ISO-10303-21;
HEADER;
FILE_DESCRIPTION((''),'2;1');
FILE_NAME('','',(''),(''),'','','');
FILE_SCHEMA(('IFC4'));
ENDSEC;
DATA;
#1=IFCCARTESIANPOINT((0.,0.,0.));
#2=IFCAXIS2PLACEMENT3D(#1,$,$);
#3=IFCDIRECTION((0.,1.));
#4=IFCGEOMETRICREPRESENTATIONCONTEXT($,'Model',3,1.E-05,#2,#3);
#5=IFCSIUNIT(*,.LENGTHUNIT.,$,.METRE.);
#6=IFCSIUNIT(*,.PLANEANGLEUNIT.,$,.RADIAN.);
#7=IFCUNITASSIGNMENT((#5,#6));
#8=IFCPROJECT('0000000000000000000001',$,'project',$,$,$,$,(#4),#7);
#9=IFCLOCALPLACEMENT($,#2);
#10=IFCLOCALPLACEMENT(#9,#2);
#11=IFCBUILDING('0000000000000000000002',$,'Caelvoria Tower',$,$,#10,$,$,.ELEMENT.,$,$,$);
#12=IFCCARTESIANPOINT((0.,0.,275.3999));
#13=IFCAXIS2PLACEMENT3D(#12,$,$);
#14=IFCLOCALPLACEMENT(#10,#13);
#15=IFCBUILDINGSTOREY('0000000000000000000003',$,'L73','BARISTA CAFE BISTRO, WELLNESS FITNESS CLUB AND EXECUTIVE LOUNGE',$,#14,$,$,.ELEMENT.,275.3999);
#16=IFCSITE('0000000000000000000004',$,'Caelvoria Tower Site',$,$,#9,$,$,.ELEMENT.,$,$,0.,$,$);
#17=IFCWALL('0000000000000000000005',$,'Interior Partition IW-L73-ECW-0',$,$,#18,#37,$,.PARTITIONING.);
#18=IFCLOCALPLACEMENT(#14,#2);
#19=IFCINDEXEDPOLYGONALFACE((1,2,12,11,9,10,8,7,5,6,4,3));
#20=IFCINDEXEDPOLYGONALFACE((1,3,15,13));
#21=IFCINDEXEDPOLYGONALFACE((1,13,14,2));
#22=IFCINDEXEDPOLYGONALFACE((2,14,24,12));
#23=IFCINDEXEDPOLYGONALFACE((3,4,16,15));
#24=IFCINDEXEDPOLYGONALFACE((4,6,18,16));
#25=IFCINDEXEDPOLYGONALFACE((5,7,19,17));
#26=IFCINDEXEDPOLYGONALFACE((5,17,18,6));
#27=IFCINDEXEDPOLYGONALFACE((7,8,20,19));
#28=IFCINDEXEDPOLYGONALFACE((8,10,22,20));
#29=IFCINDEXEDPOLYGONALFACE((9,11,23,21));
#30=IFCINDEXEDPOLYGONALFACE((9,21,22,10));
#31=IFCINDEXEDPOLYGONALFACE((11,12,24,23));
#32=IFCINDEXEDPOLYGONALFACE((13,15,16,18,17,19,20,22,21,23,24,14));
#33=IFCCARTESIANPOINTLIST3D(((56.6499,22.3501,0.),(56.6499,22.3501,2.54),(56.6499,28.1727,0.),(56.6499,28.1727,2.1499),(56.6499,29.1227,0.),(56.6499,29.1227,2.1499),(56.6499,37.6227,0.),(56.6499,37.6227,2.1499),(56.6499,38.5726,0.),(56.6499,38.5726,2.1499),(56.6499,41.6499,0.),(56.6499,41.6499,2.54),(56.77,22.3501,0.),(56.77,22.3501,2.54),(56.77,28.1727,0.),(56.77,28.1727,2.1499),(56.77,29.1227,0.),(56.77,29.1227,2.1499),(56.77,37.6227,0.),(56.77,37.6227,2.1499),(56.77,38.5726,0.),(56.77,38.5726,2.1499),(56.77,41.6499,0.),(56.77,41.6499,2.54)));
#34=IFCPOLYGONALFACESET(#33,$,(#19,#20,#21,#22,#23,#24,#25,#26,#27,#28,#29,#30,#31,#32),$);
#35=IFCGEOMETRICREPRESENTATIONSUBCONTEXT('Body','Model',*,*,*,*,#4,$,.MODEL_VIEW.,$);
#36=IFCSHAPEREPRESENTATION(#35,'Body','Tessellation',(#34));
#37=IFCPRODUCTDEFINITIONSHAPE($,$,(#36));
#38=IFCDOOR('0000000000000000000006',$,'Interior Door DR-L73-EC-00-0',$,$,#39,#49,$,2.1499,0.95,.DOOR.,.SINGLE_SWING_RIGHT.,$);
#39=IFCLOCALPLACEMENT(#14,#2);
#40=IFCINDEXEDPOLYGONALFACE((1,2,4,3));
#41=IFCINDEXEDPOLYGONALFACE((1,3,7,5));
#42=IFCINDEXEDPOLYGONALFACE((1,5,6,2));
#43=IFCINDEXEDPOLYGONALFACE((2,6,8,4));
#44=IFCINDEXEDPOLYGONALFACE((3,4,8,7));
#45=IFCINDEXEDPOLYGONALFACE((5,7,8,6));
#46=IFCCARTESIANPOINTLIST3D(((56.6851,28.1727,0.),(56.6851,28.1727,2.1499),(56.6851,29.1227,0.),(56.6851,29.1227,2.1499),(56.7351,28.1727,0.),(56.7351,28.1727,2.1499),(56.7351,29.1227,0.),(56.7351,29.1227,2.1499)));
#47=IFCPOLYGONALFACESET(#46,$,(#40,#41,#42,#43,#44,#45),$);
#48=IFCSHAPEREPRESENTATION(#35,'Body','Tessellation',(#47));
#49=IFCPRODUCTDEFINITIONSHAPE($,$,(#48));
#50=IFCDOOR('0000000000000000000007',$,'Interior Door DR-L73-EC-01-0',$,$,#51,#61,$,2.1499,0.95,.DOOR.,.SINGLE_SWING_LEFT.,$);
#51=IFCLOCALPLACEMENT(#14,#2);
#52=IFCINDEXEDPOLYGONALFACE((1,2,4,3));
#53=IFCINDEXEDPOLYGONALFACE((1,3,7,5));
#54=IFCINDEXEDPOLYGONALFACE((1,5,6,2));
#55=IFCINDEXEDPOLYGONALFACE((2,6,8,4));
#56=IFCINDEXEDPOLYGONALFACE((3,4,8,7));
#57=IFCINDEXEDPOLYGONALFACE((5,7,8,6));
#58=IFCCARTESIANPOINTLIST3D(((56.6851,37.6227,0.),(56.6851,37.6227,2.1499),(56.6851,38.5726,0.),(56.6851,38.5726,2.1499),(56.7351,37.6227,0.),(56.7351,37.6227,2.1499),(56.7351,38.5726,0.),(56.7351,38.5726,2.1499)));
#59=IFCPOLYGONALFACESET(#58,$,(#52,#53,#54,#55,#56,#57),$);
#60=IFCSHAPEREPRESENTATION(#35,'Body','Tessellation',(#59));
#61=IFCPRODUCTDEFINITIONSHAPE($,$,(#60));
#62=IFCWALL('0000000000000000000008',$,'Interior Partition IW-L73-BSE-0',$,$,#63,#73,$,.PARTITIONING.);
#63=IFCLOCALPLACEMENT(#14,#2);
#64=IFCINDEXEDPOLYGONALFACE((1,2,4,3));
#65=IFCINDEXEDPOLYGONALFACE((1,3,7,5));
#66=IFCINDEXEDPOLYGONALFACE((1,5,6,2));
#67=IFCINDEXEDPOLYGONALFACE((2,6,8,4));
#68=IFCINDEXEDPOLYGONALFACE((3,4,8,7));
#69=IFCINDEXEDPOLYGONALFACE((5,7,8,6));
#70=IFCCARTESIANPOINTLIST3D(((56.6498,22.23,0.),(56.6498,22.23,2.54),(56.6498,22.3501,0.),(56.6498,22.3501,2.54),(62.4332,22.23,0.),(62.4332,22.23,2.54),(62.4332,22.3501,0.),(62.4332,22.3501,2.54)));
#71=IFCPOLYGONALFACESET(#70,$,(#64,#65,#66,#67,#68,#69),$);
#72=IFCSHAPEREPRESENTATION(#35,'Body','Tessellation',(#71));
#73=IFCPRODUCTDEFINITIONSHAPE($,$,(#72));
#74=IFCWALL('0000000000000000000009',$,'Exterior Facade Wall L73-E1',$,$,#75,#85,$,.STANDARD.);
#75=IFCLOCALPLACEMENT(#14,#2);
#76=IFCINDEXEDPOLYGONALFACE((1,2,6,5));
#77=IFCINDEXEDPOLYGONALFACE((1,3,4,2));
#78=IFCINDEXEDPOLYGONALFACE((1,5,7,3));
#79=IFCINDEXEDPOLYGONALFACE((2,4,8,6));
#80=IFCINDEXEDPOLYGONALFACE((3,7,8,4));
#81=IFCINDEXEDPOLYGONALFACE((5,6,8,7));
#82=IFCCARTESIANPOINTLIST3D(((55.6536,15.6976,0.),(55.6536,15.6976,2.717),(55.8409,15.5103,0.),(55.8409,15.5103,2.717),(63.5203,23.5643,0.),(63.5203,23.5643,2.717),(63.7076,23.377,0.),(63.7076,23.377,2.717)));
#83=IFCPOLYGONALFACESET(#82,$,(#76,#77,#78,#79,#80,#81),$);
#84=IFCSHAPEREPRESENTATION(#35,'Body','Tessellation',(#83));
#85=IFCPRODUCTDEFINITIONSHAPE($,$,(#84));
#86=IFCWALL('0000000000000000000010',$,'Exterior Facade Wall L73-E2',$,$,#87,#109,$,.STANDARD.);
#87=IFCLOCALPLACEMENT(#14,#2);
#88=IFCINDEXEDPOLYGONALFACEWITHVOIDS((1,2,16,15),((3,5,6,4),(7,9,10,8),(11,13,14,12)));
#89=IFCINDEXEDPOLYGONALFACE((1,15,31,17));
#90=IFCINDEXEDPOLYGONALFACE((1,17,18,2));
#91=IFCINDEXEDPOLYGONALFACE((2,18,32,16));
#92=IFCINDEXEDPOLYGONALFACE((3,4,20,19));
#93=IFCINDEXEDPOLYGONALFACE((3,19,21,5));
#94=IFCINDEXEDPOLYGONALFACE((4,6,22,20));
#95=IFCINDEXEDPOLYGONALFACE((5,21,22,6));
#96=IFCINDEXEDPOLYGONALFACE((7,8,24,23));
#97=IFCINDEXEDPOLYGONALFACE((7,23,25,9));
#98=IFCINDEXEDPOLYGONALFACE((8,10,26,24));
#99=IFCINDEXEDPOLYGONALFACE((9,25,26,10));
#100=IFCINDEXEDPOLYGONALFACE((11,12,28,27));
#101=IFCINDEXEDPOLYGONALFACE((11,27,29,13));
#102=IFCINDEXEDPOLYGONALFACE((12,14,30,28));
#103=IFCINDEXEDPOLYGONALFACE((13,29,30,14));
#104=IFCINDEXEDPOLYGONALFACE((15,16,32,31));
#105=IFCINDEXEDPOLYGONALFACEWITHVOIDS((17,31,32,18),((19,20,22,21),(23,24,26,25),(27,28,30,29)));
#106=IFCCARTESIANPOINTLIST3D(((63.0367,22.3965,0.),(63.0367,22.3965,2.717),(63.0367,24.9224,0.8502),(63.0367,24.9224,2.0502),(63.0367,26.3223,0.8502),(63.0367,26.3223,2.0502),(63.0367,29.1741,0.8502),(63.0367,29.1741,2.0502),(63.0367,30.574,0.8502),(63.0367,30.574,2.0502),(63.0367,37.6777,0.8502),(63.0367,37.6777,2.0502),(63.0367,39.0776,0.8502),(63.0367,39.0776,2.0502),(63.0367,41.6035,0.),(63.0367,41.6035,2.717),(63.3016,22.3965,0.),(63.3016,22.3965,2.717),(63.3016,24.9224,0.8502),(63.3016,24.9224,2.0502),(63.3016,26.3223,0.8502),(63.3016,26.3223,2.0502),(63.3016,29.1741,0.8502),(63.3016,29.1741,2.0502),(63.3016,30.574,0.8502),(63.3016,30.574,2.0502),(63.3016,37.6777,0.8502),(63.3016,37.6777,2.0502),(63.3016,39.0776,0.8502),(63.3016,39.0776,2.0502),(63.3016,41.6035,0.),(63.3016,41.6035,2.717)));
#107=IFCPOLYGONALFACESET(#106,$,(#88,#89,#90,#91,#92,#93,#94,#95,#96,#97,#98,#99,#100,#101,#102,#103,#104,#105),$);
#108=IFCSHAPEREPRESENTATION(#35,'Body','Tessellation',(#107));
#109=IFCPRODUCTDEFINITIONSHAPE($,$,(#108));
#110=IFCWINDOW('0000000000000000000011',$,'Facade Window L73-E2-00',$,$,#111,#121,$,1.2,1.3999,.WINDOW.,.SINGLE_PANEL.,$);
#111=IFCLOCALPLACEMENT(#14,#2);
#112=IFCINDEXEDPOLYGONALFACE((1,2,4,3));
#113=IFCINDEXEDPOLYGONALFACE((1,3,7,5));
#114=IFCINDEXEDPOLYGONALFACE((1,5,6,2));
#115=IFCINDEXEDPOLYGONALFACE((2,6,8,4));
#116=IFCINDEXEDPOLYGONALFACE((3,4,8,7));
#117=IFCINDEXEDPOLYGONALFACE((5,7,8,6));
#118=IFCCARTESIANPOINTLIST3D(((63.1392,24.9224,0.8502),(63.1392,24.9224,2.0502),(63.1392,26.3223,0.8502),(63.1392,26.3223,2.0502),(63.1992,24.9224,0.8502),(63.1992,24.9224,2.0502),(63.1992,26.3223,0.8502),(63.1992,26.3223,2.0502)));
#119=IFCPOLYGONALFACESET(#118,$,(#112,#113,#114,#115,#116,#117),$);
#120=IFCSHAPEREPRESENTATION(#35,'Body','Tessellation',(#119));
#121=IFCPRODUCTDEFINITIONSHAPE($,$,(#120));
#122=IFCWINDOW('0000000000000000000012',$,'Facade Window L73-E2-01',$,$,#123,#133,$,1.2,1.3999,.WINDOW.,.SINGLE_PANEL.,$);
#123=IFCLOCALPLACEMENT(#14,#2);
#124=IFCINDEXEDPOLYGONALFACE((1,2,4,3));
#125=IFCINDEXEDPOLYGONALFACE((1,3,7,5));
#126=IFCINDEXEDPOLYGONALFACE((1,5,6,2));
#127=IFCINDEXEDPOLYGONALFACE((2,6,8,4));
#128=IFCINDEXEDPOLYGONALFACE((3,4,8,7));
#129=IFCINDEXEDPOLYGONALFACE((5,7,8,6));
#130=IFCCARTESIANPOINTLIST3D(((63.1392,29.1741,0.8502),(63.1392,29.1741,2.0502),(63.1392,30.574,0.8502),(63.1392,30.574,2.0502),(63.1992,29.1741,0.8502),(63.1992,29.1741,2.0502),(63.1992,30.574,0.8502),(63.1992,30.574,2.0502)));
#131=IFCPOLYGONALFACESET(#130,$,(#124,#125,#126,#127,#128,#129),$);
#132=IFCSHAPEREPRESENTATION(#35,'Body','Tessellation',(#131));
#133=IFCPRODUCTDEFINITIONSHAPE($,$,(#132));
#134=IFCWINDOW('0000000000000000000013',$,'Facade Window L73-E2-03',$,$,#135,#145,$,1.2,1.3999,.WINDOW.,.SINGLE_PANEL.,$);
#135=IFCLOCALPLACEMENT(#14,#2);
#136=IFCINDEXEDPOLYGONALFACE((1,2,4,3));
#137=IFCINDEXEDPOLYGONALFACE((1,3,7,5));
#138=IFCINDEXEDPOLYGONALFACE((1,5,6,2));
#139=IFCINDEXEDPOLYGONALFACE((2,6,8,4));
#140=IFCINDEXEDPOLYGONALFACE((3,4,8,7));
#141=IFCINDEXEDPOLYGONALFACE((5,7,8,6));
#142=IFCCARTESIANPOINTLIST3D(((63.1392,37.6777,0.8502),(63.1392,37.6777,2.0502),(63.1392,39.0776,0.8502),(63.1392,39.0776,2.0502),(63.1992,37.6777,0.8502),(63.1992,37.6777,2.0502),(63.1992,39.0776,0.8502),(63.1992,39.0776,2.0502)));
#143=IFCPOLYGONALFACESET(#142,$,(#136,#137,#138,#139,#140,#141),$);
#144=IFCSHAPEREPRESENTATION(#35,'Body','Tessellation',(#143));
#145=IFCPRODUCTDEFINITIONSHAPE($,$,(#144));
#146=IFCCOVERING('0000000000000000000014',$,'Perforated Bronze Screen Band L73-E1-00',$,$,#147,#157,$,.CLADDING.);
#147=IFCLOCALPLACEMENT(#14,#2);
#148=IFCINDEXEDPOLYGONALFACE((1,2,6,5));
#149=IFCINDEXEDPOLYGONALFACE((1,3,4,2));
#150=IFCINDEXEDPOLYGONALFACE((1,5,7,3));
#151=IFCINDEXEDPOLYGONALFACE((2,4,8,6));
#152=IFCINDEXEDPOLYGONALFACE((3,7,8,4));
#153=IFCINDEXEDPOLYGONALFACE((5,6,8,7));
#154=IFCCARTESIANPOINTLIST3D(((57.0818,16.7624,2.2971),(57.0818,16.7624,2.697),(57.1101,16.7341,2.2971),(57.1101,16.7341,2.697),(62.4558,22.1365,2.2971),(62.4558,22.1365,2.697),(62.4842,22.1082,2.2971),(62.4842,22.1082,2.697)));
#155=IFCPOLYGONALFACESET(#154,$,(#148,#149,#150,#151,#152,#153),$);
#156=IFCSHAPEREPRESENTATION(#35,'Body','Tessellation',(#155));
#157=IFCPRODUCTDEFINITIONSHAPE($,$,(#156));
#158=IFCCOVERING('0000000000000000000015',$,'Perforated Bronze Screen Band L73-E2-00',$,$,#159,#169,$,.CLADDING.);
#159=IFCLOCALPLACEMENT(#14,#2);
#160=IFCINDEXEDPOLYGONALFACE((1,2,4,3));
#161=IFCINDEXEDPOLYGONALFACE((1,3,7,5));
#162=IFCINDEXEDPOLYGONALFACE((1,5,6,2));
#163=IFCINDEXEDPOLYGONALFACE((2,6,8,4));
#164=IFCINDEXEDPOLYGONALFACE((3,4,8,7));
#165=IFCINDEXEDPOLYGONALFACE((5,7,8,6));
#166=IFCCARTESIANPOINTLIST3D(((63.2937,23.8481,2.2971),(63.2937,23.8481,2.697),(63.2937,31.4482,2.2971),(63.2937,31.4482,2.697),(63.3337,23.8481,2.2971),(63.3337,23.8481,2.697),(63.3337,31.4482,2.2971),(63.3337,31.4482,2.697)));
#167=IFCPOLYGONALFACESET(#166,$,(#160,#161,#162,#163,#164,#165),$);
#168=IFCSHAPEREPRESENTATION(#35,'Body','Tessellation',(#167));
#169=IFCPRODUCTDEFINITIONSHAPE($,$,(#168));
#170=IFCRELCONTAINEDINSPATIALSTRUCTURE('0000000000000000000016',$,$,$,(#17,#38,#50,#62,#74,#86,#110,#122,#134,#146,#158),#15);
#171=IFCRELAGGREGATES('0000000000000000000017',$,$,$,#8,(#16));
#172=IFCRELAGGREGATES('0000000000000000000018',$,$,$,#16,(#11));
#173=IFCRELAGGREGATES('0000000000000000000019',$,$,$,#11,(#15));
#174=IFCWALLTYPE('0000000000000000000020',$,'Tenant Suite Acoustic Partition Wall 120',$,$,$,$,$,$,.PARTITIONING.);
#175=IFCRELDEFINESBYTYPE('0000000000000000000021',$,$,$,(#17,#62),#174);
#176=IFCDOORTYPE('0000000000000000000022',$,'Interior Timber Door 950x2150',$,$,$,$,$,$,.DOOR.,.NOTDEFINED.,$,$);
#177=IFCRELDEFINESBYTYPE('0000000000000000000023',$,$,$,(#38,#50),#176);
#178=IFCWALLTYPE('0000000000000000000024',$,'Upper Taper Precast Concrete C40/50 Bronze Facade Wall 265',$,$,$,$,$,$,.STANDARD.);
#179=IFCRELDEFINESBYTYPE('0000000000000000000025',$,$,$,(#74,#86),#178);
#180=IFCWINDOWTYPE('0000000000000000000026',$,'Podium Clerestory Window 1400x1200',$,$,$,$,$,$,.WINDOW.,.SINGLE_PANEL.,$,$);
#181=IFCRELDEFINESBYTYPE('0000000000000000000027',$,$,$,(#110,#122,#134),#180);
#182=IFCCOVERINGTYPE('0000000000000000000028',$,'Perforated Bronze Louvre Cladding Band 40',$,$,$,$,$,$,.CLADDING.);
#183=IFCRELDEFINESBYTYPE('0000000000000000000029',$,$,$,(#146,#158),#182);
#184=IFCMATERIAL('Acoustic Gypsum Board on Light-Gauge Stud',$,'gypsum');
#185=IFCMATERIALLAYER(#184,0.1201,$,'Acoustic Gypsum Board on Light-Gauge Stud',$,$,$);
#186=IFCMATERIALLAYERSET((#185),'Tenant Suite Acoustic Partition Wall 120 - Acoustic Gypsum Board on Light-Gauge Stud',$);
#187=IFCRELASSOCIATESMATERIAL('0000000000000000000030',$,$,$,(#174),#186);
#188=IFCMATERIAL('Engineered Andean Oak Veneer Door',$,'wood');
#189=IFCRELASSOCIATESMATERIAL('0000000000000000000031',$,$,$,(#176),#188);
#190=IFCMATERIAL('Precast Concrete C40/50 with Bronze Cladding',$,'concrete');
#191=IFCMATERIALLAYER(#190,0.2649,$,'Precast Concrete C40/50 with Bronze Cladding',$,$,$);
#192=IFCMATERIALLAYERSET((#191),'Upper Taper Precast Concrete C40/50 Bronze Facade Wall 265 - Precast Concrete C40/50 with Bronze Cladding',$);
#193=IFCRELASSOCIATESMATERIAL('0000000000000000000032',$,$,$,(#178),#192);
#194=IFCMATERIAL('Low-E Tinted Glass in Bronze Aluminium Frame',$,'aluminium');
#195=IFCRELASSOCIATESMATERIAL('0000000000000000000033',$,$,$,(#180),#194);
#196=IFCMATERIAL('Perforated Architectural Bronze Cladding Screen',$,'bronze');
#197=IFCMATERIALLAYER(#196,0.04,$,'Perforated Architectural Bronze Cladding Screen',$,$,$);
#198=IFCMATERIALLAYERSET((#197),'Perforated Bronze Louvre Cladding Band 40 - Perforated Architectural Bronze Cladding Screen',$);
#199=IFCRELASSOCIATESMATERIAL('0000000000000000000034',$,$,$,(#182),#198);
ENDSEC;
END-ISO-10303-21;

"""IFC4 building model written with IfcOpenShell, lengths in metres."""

from ifc_helpers import new_model, si_unit, direction, frame, frame_2d, origin, origin_2d, place, context, subcontext, project, spatial, rectangle, extrude, material, layer, layer_set, type_object, element, fill, save


model = new_model("IFC4")

# Units and contexts
model_context = context("Model", 3, precision=1e-05, world=origin(), true_north=direction((0.0, 1.0)))
body_context = subcontext(model_context, "Body", "Model", "MODEL_VIEW")
ifc_project = project(units=[si_unit("LENGTHUNIT", "METRE"), si_unit("PLANEANGLEUNIT", "RADIAN")], contexts=[model_context])

# Site, building, storey
site_placement = place(None, origin())
site = spatial("IfcSite", under=ifc_project, at=site_placement, Name="Caelvoria Tower Site", CompositionType="ELEMENT", RefElevation=0.0)
building_placement = place(site_placement, origin())
building = spatial("IfcBuilding", under=site, at=building_placement, Name="Caelvoria Tower", CompositionType="ELEMENT")
storey_placement = place(building_placement, frame((0.0, 0.0, 275.3999)))
storey = spatial("IfcBuildingStorey", under=building, at=storey_placement, Name="L73", Description="BARISTA CAFE BISTRO, WELLNESS FITNESS CLUB AND EXECUTIVE LOUNGE", CompositionType="ELEMENT", Elevation=275.3999)

# Wall, openings, doors
ifc_material_1 = material(Name="Acoustic Gypsum Board on Light-Gauge Stud", Category="gypsum")
ifc_layer_1 = layer(ifc_material_1, 0.1201, Name="Acoustic Gypsum Board on Light-Gauge Stud")
ifc_layer_set_1 = layer_set([ifc_layer_1], Name="Tenant Suite Acoustic Partition Wall 120 - Acoustic Gypsum Board on Light-Gauge Stud")
wall_type_1 = type_object("IfcWallType", Name="Tenant Suite Acoustic Partition Wall 120", PredefinedType="PARTITIONING", material=ifc_layer_set_1)
wall_1_placement = place(storey_placement, frame((56.71, 22.3501, 0.0), z_axis=(0.0, 0.0, 1.0), x_axis=(0.0, 1.0, 0.0)))
wall_1 = element("IfcWall", 1, at=wall_1_placement, inside=storey, type_object=wall_type_1, Name="Interior Partition IW-L73-ECW-0", PredefinedType="PARTITIONING", context=body_context, shape_type="SweptSolid", body=[
    extrude(rectangle(XDim=19.2998, YDim=0.1201, at=frame_2d((9.6499, 0.0))), origin(), (0.0, 0.0, 1.0), 2.54),
])
opening_1_placement = place(wall_1_placement, frame((5.8225, 0.0, 0.0)))
opening_1 = element("IfcOpeningElement", 2, at=opening_1_placement, cuts=wall_1, PredefinedType="OPENING", context=body_context, shape_type="SweptSolid", body=[
    extrude(rectangle(XDim=0.95, YDim=2.1499, at=frame_2d((0.4751, 1.075))), frame((0.0, 0.0701, 0.0), z_axis=(0.0, -1.0, 0.0), x_axis=(1.0, 0.0, 0.0)), (0.0, 0.0, 1.0), 0.1401),
])
opening_2_placement = place(wall_1_placement, frame((15.2725, 0.0, 0.0)))
opening_2 = element("IfcOpeningElement", 3, at=opening_2_placement, cuts=wall_1, PredefinedType="OPENING", context=body_context, shape_type="SweptSolid", body=[
    extrude(rectangle(XDim=0.95, YDim=2.1499, at=frame_2d((0.4751, 1.075))), frame((0.0, 0.0701, 0.0), z_axis=(0.0, -1.0, 0.0), x_axis=(1.0, 0.0, 0.0)), (0.0, 0.0, 1.0), 0.1401),
])
ifc_material_2 = material(Name="Engineered Andean Oak Veneer Door", Category="wood")
door_type = type_object("IfcDoorType", Name="Interior Timber Door 950x2150", OperationType="NOTDEFINED", PredefinedType="DOOR", material=ifc_material_2)
door_1_placement = place(opening_1_placement, origin())
door_1 = element("IfcDoor", 4, at=door_1_placement, inside=storey, type_object=door_type, Name="Interior Door DR-L73-EC-00-0", OperationType="SINGLE_SWING_RIGHT", OverallHeight=2.1499, OverallWidth=0.95, PredefinedType="DOOR", context=body_context, shape_type="SweptSolid", body=[
    extrude(rectangle(XDim=0.95, YDim=2.1499, at=frame_2d((0.4751, 1.075))), frame((0.0, 0.0249, 0.0), z_axis=(0.0, -1.0, 0.0), x_axis=(1.0, 0.0, 0.0)), (0.0, 0.0, 1.0), 0.05),
])
fill(opening_1, door_1)
door_2_placement = place(opening_2_placement, origin())
door_2 = element("IfcDoor", 5, at=door_2_placement, inside=storey, type_object=door_type, Name="Interior Door DR-L73-EC-01-0", OperationType="SINGLE_SWING_LEFT", OverallHeight=2.1499, OverallWidth=0.95, PredefinedType="DOOR", context=body_context, shape_type="SweptSolid", body=[
    extrude(rectangle(XDim=0.95, YDim=2.1499, at=frame_2d((0.4751, 1.075))), frame((0.0, 0.0249, 0.0), z_axis=(0.0, -1.0, 0.0), x_axis=(1.0, 0.0, 0.0)), (0.0, 0.0, 1.0), 0.05),
])
fill(opening_2, door_2)

# Walls
wall_2_placement = place(storey_placement, frame((56.6499, 22.29, 0.0), z_axis=(0.0, 0.0, 1.0), x_axis=(1.0, 0.0, 0.0)))
element("IfcWall", 6, at=wall_2_placement, inside=storey, type_object=wall_type_1, Name="Interior Partition IW-L73-BSE-0", PredefinedType="PARTITIONING", context=body_context, shape_type="SweptSolid", body=[
    extrude(rectangle(XDim=5.7834, YDim=0.1201, at=frame_2d((2.8916, 0.0))), origin(), (0.0, 0.0, 1.0), 2.54),
])
ifc_material_3 = material(Name="Precast Concrete C40/50 with Bronze Cladding", Category="concrete")
ifc_layer_2 = layer(ifc_material_3, 0.2649, Name="Precast Concrete C40/50 with Bronze Cladding")
ifc_layer_set_2 = layer_set([ifc_layer_2], Name="Upper Taper Precast Concrete C40/50 Bronze Facade Wall 265 - Precast Concrete C40/50 with Bronze Cladding")
wall_type_2 = type_object("IfcWallType", Name="Upper Taper Precast Concrete C40/50 Bronze Facade Wall 265", PredefinedType="STANDARD", material=ifc_layer_set_2)
wall_3_placement = place(storey_placement, frame((55.7473, 15.604, 0.0), z_axis=(0.0, 0.0, 1.0), x_axis=(0.707107, 0.707107, 0.0)))
element("IfcWall", 7, at=wall_3_placement, inside=storey, type_object=wall_type_2, Name="Exterior Facade Wall L73-E1", PredefinedType="STANDARD", context=body_context, shape_type="SweptSolid", body=[
    extrude(rectangle(XDim=11.1252, YDim=0.2649, at=frame_2d((5.5625, 0.0))), origin(), (0.0, 0.0, 1.0), 2.717),
])

# Wall, openings, windows
wall_4_placement = place(storey_placement, frame((63.1692, 22.3965, 0.0), z_axis=(0.0, 0.0, 1.0), x_axis=(0.0, 1.0, 0.0)))
wall_4 = element("IfcWall", 8, at=wall_4_placement, inside=storey, type_object=wall_type_2, Name="Exterior Facade Wall L73-E2", PredefinedType="STANDARD", context=body_context, shape_type="SweptSolid", body=[
    extrude(rectangle(XDim=19.207, YDim=0.2649, at=frame_2d((9.6035, 0.0))), origin(), (0.0, 0.0, 1.0), 2.717),
])
opening_3_placement = place(wall_4_placement, frame((2.5259, 0.0, 0.8501)))
opening_3 = element("IfcOpeningElement", 9, at=opening_3_placement, cuts=wall_4, PredefinedType="OPENING", context=body_context, shape_type="SweptSolid", body=[
    extrude(rectangle(XDim=1.3999, YDim=1.2, at=frame_2d((0.7, 0.6001))), frame((0.0, 0.1423, 0.0), z_axis=(0.0, -1.0, 0.0), x_axis=(1.0, 0.0, 0.0)), (0.0, 0.0, 1.0), 0.2849),
])
opening_4_placement = place(wall_4_placement, frame((6.7776, 0.0, 0.8501)))
opening_4 = element("IfcOpeningElement", 10, at=opening_4_placement, cuts=wall_4, PredefinedType="OPENING", context=body_context, shape_type="SweptSolid", body=[
    extrude(rectangle(XDim=1.3999, YDim=1.2, at=frame_2d((0.7, 0.6001))), frame((0.0, 0.1423, 0.0), z_axis=(0.0, -1.0, 0.0), x_axis=(1.0, 0.0, 0.0)), (0.0, 0.0, 1.0), 0.2849),
])
opening_5_placement = place(wall_4_placement, frame((15.2812, 0.0, 0.8501)))
opening_5 = element("IfcOpeningElement", 11, at=opening_5_placement, cuts=wall_4, PredefinedType="OPENING", context=body_context, shape_type="SweptSolid", body=[
    extrude(rectangle(XDim=1.3999, YDim=1.2, at=frame_2d((0.7, 0.6001))), frame((0.0, 0.1423, 0.0), z_axis=(0.0, -1.0, 0.0), x_axis=(1.0, 0.0, 0.0)), (0.0, 0.0, 1.0), 0.2849),
])
ifc_material_4 = material(Name="Low-E Tinted Glass in Bronze Aluminium Frame", Category="aluminium")
window_type = type_object("IfcWindowType", Name="Podium Clerestory Window 1400x1200", PartitioningType="SINGLE_PANEL", PredefinedType="WINDOW", material=ifc_material_4)
window_1_placement = place(opening_3_placement, origin())
window_1 = element("IfcWindow", 12, at=window_1_placement, inside=storey, type_object=window_type, Name="Facade Window L73-E2-00", OverallHeight=1.2, OverallWidth=1.3999, PartitioningType="SINGLE_PANEL", PredefinedType="WINDOW", context=body_context, shape_type="SweptSolid", body=[
    extrude(rectangle(XDim=1.3999, YDim=1.2, at=frame_2d((0.7, 0.6001))), frame((0.0, 0.03, 0.0), z_axis=(0.0, -1.0, 0.0), x_axis=(1.0, 0.0, 0.0)), (0.0, 0.0, 1.0), 0.0601),
])
fill(opening_3, window_1)
window_2_placement = place(opening_4_placement, origin())
window_2 = element("IfcWindow", 13, at=window_2_placement, inside=storey, type_object=window_type, Name="Facade Window L73-E2-01", OverallHeight=1.2, OverallWidth=1.3999, PartitioningType="SINGLE_PANEL", PredefinedType="WINDOW", context=body_context, shape_type="SweptSolid", body=[
    extrude(rectangle(XDim=1.3999, YDim=1.2, at=frame_2d((0.7, 0.6001))), frame((0.0, 0.03, 0.0), z_axis=(0.0, -1.0, 0.0), x_axis=(1.0, 0.0, 0.0)), (0.0, 0.0, 1.0), 0.0601),
])
fill(opening_4, window_2)
window_3_placement = place(opening_5_placement, origin())
window_3 = element("IfcWindow", 14, at=window_3_placement, inside=storey, type_object=window_type, Name="Facade Window L73-E2-03", OverallHeight=1.2, OverallWidth=1.3999, PartitioningType="SINGLE_PANEL", PredefinedType="WINDOW", context=body_context, shape_type="SweptSolid", body=[
    extrude(rectangle(XDim=1.3999, YDim=1.2, at=frame_2d((0.7, 0.6001))), frame((0.0, 0.03, 0.0), z_axis=(0.0, -1.0, 0.0), x_axis=(1.0, 0.0, 0.0)), (0.0, 0.0, 1.0), 0.0601),
])
fill(opening_5, window_3)

# Coverings
ifc_material_5 = material(Name="Perforated Architectural Bronze Cladding Screen", Category="bronze")
ifc_layer_3 = layer(ifc_material_5, 0.04, Name="Perforated Architectural Bronze Cladding Screen")
ifc_layer_set_3 = layer_set([ifc_layer_3], Name="Perforated Bronze Louvre Cladding Band 40 - Perforated Architectural Bronze Cladding Screen")
covering_type = type_object("IfcCoveringType", Name="Perforated Bronze Louvre Cladding Band 40", PredefinedType="CLADDING", material=ifc_layer_set_3)
for number, where, z_axis, x_axis, name in (
    (15, (59.783, 19.4353, 2.2971), (0.0, 0.0, 1.0), (0.707107, 0.707107, 0.0), "Perforated Bronze Screen Band L73-E1-00"),
    (16, (63.3137, 27.6482, 2.2971), (0.0, 0.0, 1.0), (0.0, 1.0, 0.0), "Perforated Bronze Screen Band L73-E2-00"),
):
    element("IfcCovering", number, at=place(storey_placement, frame(where, z_axis=z_axis, x_axis=x_axis)), inside=storey, type_object=covering_type, Name=name, PredefinedType="CLADDING", context=body_context, shape_type="SweptSolid", body=[
        extrude(rectangle(XDim=7.6001, YDim=0.04, at=origin_2d()), origin(), (0.0, 0.0, 1.0), 0.3999),
    ])

save(model, "model.ifc")
